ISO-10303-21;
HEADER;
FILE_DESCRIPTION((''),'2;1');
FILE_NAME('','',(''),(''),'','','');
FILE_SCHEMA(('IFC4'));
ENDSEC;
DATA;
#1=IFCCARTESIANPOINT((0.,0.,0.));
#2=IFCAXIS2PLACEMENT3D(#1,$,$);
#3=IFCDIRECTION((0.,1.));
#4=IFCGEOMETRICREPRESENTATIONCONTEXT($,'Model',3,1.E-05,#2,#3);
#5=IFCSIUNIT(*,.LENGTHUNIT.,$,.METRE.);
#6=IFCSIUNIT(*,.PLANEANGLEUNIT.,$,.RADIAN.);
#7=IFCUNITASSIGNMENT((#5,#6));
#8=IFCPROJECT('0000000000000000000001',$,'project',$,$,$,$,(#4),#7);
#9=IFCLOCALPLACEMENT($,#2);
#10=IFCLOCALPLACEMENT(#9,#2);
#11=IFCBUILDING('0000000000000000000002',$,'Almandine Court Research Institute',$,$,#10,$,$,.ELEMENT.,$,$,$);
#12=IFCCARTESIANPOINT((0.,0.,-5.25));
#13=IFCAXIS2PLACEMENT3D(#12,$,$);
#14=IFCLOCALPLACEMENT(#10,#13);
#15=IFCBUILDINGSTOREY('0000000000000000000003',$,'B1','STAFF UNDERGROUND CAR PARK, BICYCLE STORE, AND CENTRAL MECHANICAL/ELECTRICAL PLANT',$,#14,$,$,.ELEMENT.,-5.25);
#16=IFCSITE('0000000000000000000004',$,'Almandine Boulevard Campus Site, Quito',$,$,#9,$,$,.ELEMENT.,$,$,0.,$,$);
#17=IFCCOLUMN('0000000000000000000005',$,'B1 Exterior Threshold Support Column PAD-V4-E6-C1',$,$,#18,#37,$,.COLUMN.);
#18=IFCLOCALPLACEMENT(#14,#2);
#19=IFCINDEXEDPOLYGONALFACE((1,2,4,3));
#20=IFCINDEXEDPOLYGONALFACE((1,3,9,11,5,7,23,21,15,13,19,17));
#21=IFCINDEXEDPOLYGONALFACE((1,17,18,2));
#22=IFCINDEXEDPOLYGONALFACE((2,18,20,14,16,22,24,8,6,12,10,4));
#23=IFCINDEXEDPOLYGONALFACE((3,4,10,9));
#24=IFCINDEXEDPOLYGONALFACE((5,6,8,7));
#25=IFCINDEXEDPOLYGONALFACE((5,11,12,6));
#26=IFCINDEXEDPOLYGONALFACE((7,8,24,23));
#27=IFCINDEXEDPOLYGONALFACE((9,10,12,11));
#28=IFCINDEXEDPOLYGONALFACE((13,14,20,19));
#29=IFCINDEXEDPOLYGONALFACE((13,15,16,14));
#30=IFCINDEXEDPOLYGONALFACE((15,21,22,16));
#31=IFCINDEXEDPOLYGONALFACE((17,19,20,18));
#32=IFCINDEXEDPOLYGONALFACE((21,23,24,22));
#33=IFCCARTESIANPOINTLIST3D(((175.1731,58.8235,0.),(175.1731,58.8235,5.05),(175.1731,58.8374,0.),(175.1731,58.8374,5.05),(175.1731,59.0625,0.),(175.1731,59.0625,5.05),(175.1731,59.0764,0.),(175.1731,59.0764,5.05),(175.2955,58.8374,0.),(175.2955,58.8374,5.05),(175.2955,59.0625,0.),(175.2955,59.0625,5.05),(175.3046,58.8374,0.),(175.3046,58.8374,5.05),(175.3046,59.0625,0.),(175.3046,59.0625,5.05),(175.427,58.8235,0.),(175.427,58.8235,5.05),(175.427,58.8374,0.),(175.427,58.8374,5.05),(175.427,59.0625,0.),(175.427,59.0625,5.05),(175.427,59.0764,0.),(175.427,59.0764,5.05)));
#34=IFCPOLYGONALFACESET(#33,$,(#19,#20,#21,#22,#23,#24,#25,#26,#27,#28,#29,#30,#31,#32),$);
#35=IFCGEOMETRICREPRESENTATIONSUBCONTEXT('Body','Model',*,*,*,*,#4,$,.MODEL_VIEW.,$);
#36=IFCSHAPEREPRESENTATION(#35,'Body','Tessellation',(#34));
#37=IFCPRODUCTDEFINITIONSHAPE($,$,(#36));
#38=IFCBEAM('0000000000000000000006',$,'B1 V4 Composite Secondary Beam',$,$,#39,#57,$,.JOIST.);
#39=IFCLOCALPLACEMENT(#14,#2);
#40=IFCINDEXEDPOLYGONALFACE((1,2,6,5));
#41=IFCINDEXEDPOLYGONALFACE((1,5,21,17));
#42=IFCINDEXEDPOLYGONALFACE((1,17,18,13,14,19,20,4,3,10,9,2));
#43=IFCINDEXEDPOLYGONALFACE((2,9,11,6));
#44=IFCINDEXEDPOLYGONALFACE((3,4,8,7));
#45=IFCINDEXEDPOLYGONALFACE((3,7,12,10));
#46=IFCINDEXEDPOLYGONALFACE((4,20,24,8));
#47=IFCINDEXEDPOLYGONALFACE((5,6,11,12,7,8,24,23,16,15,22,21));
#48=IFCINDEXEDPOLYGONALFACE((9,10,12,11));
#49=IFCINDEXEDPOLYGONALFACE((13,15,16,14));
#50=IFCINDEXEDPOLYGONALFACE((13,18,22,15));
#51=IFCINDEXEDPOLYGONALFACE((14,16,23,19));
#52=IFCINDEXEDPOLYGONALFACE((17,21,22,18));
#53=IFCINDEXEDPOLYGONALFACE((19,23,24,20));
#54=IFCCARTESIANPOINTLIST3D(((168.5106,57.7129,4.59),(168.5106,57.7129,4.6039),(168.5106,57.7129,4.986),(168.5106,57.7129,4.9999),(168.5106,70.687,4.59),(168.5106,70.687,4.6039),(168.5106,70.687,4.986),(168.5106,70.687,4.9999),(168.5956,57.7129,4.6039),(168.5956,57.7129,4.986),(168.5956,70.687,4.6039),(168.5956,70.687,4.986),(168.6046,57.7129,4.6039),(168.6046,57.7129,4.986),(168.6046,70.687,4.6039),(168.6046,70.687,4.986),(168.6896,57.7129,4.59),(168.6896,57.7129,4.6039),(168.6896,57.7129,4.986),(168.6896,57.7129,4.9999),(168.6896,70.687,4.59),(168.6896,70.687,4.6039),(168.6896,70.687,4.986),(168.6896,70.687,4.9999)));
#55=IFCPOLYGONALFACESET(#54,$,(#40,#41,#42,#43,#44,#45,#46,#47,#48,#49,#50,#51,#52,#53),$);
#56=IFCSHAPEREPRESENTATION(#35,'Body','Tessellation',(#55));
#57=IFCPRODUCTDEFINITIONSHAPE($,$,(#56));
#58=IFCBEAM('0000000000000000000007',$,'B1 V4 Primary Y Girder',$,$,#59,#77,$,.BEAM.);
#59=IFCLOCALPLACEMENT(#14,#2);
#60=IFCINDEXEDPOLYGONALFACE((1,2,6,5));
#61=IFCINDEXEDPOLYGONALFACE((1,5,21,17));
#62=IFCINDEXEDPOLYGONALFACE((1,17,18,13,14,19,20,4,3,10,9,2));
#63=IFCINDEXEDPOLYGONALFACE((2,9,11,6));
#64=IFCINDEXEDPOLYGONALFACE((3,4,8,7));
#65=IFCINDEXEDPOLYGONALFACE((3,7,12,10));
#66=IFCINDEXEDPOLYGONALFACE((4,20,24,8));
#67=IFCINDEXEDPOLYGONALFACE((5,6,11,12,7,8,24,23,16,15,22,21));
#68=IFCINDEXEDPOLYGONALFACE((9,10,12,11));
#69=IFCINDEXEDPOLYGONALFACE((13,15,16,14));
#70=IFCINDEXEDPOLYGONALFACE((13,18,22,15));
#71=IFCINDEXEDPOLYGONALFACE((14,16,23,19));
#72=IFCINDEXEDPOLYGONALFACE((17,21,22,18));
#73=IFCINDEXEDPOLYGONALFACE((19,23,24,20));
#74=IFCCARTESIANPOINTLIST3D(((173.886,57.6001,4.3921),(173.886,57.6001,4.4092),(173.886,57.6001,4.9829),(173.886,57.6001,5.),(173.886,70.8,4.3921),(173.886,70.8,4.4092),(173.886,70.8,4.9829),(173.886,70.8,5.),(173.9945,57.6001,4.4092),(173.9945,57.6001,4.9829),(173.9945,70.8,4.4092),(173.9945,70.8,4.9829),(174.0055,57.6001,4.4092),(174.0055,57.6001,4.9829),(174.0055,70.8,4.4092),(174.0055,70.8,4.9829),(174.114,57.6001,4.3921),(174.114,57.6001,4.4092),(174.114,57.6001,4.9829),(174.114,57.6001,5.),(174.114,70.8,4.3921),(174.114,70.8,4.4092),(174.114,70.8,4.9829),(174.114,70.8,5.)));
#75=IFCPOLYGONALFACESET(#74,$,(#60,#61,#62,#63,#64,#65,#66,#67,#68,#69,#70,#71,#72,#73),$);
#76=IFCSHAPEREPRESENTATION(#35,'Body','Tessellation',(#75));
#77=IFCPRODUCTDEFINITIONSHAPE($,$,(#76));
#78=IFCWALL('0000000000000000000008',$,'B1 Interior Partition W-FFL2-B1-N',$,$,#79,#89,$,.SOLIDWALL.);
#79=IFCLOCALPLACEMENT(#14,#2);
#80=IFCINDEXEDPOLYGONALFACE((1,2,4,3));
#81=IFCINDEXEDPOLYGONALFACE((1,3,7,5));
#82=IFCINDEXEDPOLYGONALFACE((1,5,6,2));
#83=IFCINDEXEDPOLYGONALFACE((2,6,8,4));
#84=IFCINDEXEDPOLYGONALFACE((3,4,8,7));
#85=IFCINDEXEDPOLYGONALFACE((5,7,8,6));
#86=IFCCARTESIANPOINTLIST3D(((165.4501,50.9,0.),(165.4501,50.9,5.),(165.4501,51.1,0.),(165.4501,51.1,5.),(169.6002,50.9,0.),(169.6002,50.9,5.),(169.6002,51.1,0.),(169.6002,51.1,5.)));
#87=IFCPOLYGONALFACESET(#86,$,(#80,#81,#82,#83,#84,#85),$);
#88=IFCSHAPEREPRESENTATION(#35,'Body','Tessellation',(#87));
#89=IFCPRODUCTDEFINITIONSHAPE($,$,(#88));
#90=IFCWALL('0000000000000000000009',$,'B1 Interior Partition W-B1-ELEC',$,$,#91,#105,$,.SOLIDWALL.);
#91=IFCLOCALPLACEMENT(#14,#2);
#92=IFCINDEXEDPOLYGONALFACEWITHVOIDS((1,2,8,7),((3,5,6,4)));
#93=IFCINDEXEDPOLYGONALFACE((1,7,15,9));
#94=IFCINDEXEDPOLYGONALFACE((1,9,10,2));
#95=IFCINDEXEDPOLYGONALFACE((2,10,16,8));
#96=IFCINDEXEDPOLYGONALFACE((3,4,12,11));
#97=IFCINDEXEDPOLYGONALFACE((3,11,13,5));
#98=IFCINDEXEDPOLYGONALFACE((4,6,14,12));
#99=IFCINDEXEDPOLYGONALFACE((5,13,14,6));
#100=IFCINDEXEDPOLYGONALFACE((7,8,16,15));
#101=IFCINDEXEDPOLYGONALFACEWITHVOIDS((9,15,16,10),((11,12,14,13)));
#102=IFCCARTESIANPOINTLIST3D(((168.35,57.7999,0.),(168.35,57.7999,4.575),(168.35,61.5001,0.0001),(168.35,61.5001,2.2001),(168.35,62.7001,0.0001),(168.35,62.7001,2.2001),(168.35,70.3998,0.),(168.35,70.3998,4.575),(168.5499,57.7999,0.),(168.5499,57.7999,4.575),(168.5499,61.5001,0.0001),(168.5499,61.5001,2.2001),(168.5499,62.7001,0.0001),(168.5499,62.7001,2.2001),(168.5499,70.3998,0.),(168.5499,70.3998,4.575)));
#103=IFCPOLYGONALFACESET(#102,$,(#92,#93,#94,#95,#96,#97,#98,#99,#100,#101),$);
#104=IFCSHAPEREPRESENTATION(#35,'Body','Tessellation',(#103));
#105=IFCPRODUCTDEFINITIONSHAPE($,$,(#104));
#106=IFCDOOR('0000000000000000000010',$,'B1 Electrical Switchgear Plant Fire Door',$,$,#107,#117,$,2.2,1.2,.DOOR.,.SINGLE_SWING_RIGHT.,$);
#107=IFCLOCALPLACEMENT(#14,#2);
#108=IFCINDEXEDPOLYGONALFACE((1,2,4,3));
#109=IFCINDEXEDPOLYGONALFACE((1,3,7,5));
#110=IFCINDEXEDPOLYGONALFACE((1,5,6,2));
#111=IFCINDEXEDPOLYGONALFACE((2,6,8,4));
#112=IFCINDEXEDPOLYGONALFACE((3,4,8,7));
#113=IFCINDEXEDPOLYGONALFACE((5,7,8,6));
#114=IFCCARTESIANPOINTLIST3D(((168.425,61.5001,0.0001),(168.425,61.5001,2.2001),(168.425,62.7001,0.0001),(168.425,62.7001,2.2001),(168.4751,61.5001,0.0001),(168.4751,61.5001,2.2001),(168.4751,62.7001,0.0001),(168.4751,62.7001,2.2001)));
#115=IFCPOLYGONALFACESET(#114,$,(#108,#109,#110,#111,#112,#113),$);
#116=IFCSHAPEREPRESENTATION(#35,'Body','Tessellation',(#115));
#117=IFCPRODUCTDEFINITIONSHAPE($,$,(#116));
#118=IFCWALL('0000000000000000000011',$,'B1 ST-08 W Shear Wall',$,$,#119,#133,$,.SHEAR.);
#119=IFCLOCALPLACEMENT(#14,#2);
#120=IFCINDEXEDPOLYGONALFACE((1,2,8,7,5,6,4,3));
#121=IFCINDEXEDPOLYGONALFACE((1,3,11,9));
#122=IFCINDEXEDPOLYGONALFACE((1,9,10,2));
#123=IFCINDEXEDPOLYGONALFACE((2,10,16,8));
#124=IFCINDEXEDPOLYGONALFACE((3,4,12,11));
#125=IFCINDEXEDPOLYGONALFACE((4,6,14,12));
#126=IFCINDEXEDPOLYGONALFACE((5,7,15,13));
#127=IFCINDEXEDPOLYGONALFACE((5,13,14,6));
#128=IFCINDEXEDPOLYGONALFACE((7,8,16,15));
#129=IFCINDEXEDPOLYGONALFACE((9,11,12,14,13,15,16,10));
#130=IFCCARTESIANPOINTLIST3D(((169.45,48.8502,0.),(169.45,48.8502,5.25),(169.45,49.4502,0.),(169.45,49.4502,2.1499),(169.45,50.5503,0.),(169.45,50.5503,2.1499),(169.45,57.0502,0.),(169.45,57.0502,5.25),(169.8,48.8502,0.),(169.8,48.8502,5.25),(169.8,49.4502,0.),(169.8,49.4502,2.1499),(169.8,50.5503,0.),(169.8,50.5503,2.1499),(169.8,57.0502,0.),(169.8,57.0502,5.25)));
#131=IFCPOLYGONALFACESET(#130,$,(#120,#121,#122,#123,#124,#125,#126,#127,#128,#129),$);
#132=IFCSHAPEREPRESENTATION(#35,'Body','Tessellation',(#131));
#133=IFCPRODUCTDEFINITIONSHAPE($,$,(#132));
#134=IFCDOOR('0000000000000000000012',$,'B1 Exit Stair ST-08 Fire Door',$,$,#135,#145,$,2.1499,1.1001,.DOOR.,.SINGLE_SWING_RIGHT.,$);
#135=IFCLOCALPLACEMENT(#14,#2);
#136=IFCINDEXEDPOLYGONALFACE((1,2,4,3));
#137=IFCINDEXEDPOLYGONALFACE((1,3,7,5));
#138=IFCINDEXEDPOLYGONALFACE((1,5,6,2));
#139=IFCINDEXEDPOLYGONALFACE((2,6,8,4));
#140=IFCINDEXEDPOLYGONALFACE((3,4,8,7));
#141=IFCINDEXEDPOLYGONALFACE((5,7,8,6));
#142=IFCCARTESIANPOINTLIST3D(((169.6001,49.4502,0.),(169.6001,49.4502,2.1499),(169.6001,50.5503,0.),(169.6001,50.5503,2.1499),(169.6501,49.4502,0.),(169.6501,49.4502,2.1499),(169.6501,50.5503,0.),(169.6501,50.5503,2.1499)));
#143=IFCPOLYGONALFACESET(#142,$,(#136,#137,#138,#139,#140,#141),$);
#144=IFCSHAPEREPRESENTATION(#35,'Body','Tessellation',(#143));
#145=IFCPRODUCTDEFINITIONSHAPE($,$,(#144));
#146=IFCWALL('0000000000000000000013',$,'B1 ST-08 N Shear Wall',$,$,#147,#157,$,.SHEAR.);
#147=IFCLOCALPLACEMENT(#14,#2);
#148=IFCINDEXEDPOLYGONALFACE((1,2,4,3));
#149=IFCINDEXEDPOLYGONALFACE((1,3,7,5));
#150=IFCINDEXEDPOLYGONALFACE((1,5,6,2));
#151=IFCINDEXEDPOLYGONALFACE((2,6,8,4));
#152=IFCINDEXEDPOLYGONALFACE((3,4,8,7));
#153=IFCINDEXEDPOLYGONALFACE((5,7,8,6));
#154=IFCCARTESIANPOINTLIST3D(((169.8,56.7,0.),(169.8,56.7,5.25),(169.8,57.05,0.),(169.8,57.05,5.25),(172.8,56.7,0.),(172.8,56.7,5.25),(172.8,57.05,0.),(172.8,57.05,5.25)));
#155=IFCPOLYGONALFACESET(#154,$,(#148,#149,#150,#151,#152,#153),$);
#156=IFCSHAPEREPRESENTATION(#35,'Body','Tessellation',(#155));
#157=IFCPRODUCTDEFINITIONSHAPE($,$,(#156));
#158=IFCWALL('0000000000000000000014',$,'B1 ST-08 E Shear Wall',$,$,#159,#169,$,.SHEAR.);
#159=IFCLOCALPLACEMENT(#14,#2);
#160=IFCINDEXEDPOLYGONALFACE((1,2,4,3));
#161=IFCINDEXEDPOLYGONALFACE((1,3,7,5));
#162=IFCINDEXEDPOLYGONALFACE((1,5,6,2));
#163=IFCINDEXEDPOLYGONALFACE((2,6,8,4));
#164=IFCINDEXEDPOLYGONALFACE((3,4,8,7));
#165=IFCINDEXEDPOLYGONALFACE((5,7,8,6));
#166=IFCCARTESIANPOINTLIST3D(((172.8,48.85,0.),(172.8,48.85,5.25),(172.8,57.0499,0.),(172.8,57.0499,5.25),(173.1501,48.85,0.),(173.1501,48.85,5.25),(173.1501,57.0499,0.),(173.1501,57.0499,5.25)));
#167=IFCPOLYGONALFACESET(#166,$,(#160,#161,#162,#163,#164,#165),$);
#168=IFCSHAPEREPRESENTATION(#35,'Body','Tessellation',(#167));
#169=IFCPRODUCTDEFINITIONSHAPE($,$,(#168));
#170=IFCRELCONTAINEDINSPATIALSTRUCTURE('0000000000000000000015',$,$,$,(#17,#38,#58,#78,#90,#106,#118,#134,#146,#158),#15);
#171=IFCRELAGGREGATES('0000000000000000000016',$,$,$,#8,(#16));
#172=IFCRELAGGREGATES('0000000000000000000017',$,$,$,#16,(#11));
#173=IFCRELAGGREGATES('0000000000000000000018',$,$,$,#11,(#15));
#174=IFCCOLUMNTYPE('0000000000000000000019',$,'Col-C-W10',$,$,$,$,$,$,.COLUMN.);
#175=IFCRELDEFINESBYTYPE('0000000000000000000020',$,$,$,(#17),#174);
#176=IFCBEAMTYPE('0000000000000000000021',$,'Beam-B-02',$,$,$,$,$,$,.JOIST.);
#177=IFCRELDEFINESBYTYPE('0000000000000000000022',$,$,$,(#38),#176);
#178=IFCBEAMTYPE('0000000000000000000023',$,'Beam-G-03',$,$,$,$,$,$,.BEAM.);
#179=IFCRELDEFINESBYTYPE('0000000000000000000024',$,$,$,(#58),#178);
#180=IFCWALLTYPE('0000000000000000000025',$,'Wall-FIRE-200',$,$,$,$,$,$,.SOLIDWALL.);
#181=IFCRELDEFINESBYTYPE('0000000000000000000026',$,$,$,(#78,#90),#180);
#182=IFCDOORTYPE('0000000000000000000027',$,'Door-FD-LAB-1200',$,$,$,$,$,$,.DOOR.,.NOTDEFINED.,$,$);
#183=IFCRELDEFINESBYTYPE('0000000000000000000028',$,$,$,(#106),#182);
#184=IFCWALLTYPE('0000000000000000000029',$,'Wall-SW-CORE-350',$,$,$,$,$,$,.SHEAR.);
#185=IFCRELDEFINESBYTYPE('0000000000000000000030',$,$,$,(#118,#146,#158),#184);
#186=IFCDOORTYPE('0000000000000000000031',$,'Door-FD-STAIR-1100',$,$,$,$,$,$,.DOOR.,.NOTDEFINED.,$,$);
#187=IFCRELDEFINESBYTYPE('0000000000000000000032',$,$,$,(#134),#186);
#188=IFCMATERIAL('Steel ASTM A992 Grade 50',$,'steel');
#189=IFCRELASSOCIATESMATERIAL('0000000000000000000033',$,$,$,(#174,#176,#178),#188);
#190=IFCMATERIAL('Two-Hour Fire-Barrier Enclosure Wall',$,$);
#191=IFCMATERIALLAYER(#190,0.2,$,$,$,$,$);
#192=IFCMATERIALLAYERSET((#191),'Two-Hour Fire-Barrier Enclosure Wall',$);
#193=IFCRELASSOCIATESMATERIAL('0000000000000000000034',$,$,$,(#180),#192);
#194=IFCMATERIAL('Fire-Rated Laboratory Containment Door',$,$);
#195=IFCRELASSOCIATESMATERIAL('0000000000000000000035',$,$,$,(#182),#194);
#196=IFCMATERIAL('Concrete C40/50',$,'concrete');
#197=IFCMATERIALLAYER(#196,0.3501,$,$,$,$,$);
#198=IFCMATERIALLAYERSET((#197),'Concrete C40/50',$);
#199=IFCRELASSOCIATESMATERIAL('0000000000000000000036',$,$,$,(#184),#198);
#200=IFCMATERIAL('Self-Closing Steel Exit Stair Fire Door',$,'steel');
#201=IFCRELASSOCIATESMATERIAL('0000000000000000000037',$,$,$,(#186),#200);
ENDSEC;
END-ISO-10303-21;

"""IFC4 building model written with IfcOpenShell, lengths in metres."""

from ifc_helpers import new_model, si_unit, direction, frame, frame_2d, origin, origin_2d, place, context, subcontext, project, spatial, rectangle, i_section, extrude, material, layer, layer_set, material_profile, profile_set, type_object, element, fill, save


model = new_model("IFC4")

# Units and contexts
model_context = context("Model", 3, precision=1e-05, world=origin(), true_north=direction((0.0, 1.0)))
body_context = subcontext(model_context, "Body", "Model", "MODEL_VIEW")
ifc_project = project(units=[si_unit("LENGTHUNIT", "METRE"), si_unit("PLANEANGLEUNIT", "RADIAN")], contexts=[model_context])

# Site, building, storey
site_placement = place(None, origin())
site = spatial("IfcSite", under=ifc_project, at=site_placement, Name="Almandine Boulevard Campus Site, Quito", CompositionType="ELEMENT", RefElevation=0.0)
building_placement = place(site_placement, origin())
building = spatial("IfcBuilding", under=site, at=building_placement, Name="Almandine Court Research Institute", CompositionType="ELEMENT")
storey_placement = place(building_placement, frame((0.0, 0.0, -5.25)))
storey = spatial("IfcBuildingStorey", under=building, at=storey_placement, Name="B1", Description="STAFF UNDERGROUND CAR PARK, BICYCLE STORE, AND CENTRAL MECHANICAL/ELECTRICAL PLANT", CompositionType="ELEMENT", Elevation=-5.25)

# Column
ifc_material_1 = material(Name="Concrete C40/50", Category="concrete")
ifc_material_2 = material(Name="Steel ASTM A992 Grade 50", Category="steel")
ifc_material_profile_1 = material_profile(ifc_material_2, i_section(OverallWidth=0.2539, OverallDepth=0.2529, WebThickness=0.009, FlangeThickness=0.0139, at=origin_2d()), Name="W250x73")
ifc_profile_set_1 = profile_set([ifc_material_profile_1], Name="Steel ASTM A992 Grade 50")
column_type_1 = type_object("IfcColumnType", Name="Col-C-W10", PredefinedType="COLUMN", material=ifc_profile_set_1)
column_1_placement = place(storey_placement, frame((175.3, 58.95, 0.0), z_axis=(0.0, 0.0, 1.0), x_axis=(1.0, 0.0, 0.0)))
element("IfcColumn", 1, at=column_1_placement, inside=storey, type_object=column_type_1, Name="B1 Exterior Threshold Support Column PAD-V4-E6-C1", PredefinedType="COLUMN", context=body_context, shape_type="SweptSolid", body=[
    extrude(i_section(OverallWidth=0.2539, OverallDepth=0.2529, WebThickness=0.009, FlangeThickness=0.0139, at=origin_2d()), origin(), (0.0, 0.0, 1.0), 5.05),
])

# Beams
ifc_material_profile_2 = material_profile(ifc_material_2, i_section(OverallWidth=0.179, OverallDepth=0.4099, WebThickness=0.009, FlangeThickness=0.0139, at=origin_2d()), Name="W410x67")
ifc_profile_set_2 = profile_set([ifc_material_profile_2], Name="Steel ASTM A992 Grade 50")
beam_type_1 = type_object("IfcBeamType", Name="Beam-B-02", PredefinedType="JOIST", material=ifc_profile_set_2)
beam_1_placement = place(storey_placement, frame((168.6001, 57.7129, 4.7949), z_axis=(0.0, 1.0, 0.0), x_axis=(-1.0, 0.0, 0.0)))
element("IfcBeam", 2, at=beam_1_placement, inside=storey, type_object=beam_type_1, Name="B1 V4 Composite Secondary Beam", PredefinedType="JOIST", context=body_context, shape_type="SweptSolid", body=[
    extrude(i_section(OverallWidth=0.179, OverallDepth=0.4099, WebThickness=0.009, FlangeThickness=0.0139, at=origin_2d()), origin(), (0.0, 0.0, 1.0), 12.9741),
])
ifc_material_profile_3 = material_profile(ifc_material_2, i_section(OverallWidth=0.228, OverallDepth=0.6079, WebThickness=0.011, FlangeThickness=0.0171, at=origin_2d()), Name="W610x113")
ifc_profile_set_3 = profile_set([ifc_material_profile_3], Name="Steel ASTM A992 Grade 50")
beam_type_2 = type_object("IfcBeamType", Name="Beam-G-03", PredefinedType="BEAM", material=ifc_profile_set_3)
beam_2_placement = place(storey_placement, frame((174.0, 57.6001, 4.696), z_axis=(0.0, 1.0, 0.0), x_axis=(-1.0, 0.0, 0.0)))
element("IfcBeam", 3, at=beam_2_placement, inside=storey, type_object=beam_type_2, Name="B1 V4 Primary Y Girder", PredefinedType="BEAM", context=body_context, shape_type="SweptSolid", body=[
    extrude(i_section(OverallWidth=0.228, OverallDepth=0.6079, WebThickness=0.011, FlangeThickness=0.0171, at=origin_2d()), origin(), (0.0, 0.0, 1.0), 13.2),
])

# Wall
ifc_material_3 = material(Name="Two-Hour Fire-Barrier Enclosure Wall")
ifc_layer_1 = layer(ifc_material_3, 0.2)
ifc_layer_set_1 = layer_set([ifc_layer_1], Name="Two-Hour Fire-Barrier Enclosure Wall")
wall_type_1 = type_object("IfcWallType", Name="Wall-FIRE-200", PredefinedType="SOLIDWALL", material=ifc_layer_set_1)
wall_1_placement = place(storey_placement, frame((165.45, 51.0, 0.0), z_axis=(0.0, 0.0, 1.0), x_axis=(1.0, 0.0, 0.0)))
element("IfcWall", 4, at=wall_1_placement, inside=storey, type_object=wall_type_1, Name="B1 Interior Partition W-FFL2-B1-N", PredefinedType="SOLIDWALL", context=body_context, shape_type="SweptSolid", body=[
    extrude(rectangle(XDim=4.1501, YDim=0.2, at=frame_2d((2.0752, 0.0))), origin(), (0.0, 0.0, 1.0), 5.0),
])

# Walls, openings, doors
wall_2_placement = place(storey_placement, frame((168.45, 57.8, 0.0), z_axis=(0.0, 0.0, 1.0), x_axis=(0.0, 1.0, 0.0)))
wall_2 = element("IfcWall", 5, at=wall_2_placement, inside=storey, type_object=wall_type_1, Name="B1 Interior Partition W-B1-ELEC", PredefinedType="SOLIDWALL", context=body_context, shape_type="SweptSolid", body=[
    extrude(rectangle(XDim=12.5999, YDim=0.2, at=frame_2d((6.2998, 0.0))), origin(), (0.0, 0.0, 1.0), 4.575),
])
opening_1_placement = place(wall_2_placement, frame((3.7, 0.0, 0.0)))
opening_1 = element("IfcOpeningElement", 6, at=opening_1_placement, cuts=wall_2, PredefinedType="OPENING", context=body_context, shape_type="SweptSolid", body=[
    extrude(rectangle(XDim=1.2, YDim=2.2, at=frame_2d((0.6001, 1.1001))), frame((0.0, 0.1099, 0.0), z_axis=(0.0, -1.0, 0.0), x_axis=(1.0, 0.0, 0.0)), (0.0, 0.0, 1.0), 0.22),
])
ifc_material_4 = material(Name="Fire-Rated Laboratory Containment Door")
door_type_1 = type_object("IfcDoorType", Name="Door-FD-LAB-1200", OperationType="NOTDEFINED", PredefinedType="DOOR", material=ifc_material_4)
door_1_placement = place(opening_1_placement, origin())
door_1 = element("IfcDoor", 7, at=door_1_placement, inside=storey, type_object=door_type_1, Name="B1 Electrical Switchgear Plant Fire Door", OperationType="SINGLE_SWING_RIGHT", OverallHeight=2.2, OverallWidth=1.2, PredefinedType="DOOR", context=body_context, shape_type="SweptSolid", body=[
    extrude(rectangle(XDim=1.2, YDim=2.2, at=frame_2d((0.6001, 1.1001))), frame((0.0, 0.0249, 0.0), z_axis=(0.0, -1.0, 0.0), x_axis=(1.0, 0.0, 0.0)), (0.0, 0.0, 1.0), 0.05),
])
fill(opening_1, door_1)
ifc_layer_2 = layer(ifc_material_1, 0.3501)
ifc_layer_set_2 = layer_set([ifc_layer_2], Name="Concrete C40/50")
wall_type_2 = type_object("IfcWallType", Name="Wall-SW-CORE-350", PredefinedType="SHEAR", material=ifc_layer_set_2)
wall_3_placement = place(storey_placement, frame((169.625, 48.8501, 0.0), z_axis=(0.0, 0.0, 1.0), x_axis=(0.0, 1.0, 0.0)))
wall_3 = element("IfcWall", 8, at=wall_3_placement, inside=storey, type_object=wall_type_2, Name="B1 ST-08 W Shear Wall", PredefinedType="SHEAR", context=body_context, shape_type="SweptSolid", body=[
    extrude(rectangle(XDim=8.2, YDim=0.3501, at=frame_2d((4.1001, 0.0))), origin(), (0.0, 0.0, 1.0), 5.25),
])
opening_2_placement = place(wall_3_placement, frame((0.6001, 0.0, 0.0)))
opening_2 = element("IfcOpeningElement", 9, at=opening_2_placement, cuts=wall_3, PredefinedType="OPENING", context=body_context, shape_type="SweptSolid", body=[
    extrude(rectangle(XDim=1.1001, YDim=2.1499, at=frame_2d((0.55, 1.075))), frame((0.0, 0.1851, 0.0), z_axis=(0.0, -1.0, 0.0), x_axis=(1.0, 0.0, 0.0)), (0.0, 0.0, 1.0), 0.3701),
])
ifc_material_5 = material(Name="Self-Closing Steel Exit Stair Fire Door", Category="steel")
door_type_2 = type_object("IfcDoorType", Name="Door-FD-STAIR-1100", OperationType="NOTDEFINED", PredefinedType="DOOR", material=ifc_material_5)
door_2_placement = place(opening_2_placement, origin())
door_2 = element("IfcDoor", 10, at=door_2_placement, inside=storey, type_object=door_type_2, Name="B1 Exit Stair ST-08 Fire Door", OperationType="SINGLE_SWING_RIGHT", OverallHeight=2.1499, OverallWidth=1.1001, PredefinedType="DOOR", context=body_context, shape_type="SweptSolid", body=[
    extrude(rectangle(XDim=1.1001, YDim=2.1499, at=frame_2d((0.55, 1.075))), frame((0.0, 0.0249, 0.0), z_axis=(0.0, -1.0, 0.0), x_axis=(1.0, 0.0, 0.0)), (0.0, 0.0, 1.0), 0.05),
])
fill(opening_2, door_2)

# Walls
wall_4_placement = place(storey_placement, frame((169.8, 56.875, 0.0), z_axis=(0.0, 0.0, 1.0), x_axis=(1.0, 0.0, 0.0)))
element("IfcWall", 11, at=wall_4_placement, inside=storey, type_object=wall_type_2, Name="B1 ST-08 N Shear Wall", PredefinedType="SHEAR", context=body_context, shape_type="SweptSolid", body=[
    extrude(rectangle(XDim=3.0, YDim=0.3501, at=frame_2d((1.5, 0.0))), origin(), (0.0, 0.0, 1.0), 5.25),
])
wall_5_placement = place(storey_placement, frame((172.9751, 57.05, 0.0), z_axis=(0.0, 0.0, 1.0), x_axis=(0.0, -1.0, 0.0)))
element("IfcWall", 12, at=wall_5_placement, inside=storey, type_object=wall_type_2, Name="B1 ST-08 E Shear Wall", PredefinedType="SHEAR", context=body_context, shape_type="SweptSolid", body=[
    extrude(rectangle(XDim=8.2, YDim=0.3501, at=frame_2d((4.1001, 0.0))), origin(), (0.0, 0.0, 1.0), 5.25),
])

save(model, "model.ifc")
